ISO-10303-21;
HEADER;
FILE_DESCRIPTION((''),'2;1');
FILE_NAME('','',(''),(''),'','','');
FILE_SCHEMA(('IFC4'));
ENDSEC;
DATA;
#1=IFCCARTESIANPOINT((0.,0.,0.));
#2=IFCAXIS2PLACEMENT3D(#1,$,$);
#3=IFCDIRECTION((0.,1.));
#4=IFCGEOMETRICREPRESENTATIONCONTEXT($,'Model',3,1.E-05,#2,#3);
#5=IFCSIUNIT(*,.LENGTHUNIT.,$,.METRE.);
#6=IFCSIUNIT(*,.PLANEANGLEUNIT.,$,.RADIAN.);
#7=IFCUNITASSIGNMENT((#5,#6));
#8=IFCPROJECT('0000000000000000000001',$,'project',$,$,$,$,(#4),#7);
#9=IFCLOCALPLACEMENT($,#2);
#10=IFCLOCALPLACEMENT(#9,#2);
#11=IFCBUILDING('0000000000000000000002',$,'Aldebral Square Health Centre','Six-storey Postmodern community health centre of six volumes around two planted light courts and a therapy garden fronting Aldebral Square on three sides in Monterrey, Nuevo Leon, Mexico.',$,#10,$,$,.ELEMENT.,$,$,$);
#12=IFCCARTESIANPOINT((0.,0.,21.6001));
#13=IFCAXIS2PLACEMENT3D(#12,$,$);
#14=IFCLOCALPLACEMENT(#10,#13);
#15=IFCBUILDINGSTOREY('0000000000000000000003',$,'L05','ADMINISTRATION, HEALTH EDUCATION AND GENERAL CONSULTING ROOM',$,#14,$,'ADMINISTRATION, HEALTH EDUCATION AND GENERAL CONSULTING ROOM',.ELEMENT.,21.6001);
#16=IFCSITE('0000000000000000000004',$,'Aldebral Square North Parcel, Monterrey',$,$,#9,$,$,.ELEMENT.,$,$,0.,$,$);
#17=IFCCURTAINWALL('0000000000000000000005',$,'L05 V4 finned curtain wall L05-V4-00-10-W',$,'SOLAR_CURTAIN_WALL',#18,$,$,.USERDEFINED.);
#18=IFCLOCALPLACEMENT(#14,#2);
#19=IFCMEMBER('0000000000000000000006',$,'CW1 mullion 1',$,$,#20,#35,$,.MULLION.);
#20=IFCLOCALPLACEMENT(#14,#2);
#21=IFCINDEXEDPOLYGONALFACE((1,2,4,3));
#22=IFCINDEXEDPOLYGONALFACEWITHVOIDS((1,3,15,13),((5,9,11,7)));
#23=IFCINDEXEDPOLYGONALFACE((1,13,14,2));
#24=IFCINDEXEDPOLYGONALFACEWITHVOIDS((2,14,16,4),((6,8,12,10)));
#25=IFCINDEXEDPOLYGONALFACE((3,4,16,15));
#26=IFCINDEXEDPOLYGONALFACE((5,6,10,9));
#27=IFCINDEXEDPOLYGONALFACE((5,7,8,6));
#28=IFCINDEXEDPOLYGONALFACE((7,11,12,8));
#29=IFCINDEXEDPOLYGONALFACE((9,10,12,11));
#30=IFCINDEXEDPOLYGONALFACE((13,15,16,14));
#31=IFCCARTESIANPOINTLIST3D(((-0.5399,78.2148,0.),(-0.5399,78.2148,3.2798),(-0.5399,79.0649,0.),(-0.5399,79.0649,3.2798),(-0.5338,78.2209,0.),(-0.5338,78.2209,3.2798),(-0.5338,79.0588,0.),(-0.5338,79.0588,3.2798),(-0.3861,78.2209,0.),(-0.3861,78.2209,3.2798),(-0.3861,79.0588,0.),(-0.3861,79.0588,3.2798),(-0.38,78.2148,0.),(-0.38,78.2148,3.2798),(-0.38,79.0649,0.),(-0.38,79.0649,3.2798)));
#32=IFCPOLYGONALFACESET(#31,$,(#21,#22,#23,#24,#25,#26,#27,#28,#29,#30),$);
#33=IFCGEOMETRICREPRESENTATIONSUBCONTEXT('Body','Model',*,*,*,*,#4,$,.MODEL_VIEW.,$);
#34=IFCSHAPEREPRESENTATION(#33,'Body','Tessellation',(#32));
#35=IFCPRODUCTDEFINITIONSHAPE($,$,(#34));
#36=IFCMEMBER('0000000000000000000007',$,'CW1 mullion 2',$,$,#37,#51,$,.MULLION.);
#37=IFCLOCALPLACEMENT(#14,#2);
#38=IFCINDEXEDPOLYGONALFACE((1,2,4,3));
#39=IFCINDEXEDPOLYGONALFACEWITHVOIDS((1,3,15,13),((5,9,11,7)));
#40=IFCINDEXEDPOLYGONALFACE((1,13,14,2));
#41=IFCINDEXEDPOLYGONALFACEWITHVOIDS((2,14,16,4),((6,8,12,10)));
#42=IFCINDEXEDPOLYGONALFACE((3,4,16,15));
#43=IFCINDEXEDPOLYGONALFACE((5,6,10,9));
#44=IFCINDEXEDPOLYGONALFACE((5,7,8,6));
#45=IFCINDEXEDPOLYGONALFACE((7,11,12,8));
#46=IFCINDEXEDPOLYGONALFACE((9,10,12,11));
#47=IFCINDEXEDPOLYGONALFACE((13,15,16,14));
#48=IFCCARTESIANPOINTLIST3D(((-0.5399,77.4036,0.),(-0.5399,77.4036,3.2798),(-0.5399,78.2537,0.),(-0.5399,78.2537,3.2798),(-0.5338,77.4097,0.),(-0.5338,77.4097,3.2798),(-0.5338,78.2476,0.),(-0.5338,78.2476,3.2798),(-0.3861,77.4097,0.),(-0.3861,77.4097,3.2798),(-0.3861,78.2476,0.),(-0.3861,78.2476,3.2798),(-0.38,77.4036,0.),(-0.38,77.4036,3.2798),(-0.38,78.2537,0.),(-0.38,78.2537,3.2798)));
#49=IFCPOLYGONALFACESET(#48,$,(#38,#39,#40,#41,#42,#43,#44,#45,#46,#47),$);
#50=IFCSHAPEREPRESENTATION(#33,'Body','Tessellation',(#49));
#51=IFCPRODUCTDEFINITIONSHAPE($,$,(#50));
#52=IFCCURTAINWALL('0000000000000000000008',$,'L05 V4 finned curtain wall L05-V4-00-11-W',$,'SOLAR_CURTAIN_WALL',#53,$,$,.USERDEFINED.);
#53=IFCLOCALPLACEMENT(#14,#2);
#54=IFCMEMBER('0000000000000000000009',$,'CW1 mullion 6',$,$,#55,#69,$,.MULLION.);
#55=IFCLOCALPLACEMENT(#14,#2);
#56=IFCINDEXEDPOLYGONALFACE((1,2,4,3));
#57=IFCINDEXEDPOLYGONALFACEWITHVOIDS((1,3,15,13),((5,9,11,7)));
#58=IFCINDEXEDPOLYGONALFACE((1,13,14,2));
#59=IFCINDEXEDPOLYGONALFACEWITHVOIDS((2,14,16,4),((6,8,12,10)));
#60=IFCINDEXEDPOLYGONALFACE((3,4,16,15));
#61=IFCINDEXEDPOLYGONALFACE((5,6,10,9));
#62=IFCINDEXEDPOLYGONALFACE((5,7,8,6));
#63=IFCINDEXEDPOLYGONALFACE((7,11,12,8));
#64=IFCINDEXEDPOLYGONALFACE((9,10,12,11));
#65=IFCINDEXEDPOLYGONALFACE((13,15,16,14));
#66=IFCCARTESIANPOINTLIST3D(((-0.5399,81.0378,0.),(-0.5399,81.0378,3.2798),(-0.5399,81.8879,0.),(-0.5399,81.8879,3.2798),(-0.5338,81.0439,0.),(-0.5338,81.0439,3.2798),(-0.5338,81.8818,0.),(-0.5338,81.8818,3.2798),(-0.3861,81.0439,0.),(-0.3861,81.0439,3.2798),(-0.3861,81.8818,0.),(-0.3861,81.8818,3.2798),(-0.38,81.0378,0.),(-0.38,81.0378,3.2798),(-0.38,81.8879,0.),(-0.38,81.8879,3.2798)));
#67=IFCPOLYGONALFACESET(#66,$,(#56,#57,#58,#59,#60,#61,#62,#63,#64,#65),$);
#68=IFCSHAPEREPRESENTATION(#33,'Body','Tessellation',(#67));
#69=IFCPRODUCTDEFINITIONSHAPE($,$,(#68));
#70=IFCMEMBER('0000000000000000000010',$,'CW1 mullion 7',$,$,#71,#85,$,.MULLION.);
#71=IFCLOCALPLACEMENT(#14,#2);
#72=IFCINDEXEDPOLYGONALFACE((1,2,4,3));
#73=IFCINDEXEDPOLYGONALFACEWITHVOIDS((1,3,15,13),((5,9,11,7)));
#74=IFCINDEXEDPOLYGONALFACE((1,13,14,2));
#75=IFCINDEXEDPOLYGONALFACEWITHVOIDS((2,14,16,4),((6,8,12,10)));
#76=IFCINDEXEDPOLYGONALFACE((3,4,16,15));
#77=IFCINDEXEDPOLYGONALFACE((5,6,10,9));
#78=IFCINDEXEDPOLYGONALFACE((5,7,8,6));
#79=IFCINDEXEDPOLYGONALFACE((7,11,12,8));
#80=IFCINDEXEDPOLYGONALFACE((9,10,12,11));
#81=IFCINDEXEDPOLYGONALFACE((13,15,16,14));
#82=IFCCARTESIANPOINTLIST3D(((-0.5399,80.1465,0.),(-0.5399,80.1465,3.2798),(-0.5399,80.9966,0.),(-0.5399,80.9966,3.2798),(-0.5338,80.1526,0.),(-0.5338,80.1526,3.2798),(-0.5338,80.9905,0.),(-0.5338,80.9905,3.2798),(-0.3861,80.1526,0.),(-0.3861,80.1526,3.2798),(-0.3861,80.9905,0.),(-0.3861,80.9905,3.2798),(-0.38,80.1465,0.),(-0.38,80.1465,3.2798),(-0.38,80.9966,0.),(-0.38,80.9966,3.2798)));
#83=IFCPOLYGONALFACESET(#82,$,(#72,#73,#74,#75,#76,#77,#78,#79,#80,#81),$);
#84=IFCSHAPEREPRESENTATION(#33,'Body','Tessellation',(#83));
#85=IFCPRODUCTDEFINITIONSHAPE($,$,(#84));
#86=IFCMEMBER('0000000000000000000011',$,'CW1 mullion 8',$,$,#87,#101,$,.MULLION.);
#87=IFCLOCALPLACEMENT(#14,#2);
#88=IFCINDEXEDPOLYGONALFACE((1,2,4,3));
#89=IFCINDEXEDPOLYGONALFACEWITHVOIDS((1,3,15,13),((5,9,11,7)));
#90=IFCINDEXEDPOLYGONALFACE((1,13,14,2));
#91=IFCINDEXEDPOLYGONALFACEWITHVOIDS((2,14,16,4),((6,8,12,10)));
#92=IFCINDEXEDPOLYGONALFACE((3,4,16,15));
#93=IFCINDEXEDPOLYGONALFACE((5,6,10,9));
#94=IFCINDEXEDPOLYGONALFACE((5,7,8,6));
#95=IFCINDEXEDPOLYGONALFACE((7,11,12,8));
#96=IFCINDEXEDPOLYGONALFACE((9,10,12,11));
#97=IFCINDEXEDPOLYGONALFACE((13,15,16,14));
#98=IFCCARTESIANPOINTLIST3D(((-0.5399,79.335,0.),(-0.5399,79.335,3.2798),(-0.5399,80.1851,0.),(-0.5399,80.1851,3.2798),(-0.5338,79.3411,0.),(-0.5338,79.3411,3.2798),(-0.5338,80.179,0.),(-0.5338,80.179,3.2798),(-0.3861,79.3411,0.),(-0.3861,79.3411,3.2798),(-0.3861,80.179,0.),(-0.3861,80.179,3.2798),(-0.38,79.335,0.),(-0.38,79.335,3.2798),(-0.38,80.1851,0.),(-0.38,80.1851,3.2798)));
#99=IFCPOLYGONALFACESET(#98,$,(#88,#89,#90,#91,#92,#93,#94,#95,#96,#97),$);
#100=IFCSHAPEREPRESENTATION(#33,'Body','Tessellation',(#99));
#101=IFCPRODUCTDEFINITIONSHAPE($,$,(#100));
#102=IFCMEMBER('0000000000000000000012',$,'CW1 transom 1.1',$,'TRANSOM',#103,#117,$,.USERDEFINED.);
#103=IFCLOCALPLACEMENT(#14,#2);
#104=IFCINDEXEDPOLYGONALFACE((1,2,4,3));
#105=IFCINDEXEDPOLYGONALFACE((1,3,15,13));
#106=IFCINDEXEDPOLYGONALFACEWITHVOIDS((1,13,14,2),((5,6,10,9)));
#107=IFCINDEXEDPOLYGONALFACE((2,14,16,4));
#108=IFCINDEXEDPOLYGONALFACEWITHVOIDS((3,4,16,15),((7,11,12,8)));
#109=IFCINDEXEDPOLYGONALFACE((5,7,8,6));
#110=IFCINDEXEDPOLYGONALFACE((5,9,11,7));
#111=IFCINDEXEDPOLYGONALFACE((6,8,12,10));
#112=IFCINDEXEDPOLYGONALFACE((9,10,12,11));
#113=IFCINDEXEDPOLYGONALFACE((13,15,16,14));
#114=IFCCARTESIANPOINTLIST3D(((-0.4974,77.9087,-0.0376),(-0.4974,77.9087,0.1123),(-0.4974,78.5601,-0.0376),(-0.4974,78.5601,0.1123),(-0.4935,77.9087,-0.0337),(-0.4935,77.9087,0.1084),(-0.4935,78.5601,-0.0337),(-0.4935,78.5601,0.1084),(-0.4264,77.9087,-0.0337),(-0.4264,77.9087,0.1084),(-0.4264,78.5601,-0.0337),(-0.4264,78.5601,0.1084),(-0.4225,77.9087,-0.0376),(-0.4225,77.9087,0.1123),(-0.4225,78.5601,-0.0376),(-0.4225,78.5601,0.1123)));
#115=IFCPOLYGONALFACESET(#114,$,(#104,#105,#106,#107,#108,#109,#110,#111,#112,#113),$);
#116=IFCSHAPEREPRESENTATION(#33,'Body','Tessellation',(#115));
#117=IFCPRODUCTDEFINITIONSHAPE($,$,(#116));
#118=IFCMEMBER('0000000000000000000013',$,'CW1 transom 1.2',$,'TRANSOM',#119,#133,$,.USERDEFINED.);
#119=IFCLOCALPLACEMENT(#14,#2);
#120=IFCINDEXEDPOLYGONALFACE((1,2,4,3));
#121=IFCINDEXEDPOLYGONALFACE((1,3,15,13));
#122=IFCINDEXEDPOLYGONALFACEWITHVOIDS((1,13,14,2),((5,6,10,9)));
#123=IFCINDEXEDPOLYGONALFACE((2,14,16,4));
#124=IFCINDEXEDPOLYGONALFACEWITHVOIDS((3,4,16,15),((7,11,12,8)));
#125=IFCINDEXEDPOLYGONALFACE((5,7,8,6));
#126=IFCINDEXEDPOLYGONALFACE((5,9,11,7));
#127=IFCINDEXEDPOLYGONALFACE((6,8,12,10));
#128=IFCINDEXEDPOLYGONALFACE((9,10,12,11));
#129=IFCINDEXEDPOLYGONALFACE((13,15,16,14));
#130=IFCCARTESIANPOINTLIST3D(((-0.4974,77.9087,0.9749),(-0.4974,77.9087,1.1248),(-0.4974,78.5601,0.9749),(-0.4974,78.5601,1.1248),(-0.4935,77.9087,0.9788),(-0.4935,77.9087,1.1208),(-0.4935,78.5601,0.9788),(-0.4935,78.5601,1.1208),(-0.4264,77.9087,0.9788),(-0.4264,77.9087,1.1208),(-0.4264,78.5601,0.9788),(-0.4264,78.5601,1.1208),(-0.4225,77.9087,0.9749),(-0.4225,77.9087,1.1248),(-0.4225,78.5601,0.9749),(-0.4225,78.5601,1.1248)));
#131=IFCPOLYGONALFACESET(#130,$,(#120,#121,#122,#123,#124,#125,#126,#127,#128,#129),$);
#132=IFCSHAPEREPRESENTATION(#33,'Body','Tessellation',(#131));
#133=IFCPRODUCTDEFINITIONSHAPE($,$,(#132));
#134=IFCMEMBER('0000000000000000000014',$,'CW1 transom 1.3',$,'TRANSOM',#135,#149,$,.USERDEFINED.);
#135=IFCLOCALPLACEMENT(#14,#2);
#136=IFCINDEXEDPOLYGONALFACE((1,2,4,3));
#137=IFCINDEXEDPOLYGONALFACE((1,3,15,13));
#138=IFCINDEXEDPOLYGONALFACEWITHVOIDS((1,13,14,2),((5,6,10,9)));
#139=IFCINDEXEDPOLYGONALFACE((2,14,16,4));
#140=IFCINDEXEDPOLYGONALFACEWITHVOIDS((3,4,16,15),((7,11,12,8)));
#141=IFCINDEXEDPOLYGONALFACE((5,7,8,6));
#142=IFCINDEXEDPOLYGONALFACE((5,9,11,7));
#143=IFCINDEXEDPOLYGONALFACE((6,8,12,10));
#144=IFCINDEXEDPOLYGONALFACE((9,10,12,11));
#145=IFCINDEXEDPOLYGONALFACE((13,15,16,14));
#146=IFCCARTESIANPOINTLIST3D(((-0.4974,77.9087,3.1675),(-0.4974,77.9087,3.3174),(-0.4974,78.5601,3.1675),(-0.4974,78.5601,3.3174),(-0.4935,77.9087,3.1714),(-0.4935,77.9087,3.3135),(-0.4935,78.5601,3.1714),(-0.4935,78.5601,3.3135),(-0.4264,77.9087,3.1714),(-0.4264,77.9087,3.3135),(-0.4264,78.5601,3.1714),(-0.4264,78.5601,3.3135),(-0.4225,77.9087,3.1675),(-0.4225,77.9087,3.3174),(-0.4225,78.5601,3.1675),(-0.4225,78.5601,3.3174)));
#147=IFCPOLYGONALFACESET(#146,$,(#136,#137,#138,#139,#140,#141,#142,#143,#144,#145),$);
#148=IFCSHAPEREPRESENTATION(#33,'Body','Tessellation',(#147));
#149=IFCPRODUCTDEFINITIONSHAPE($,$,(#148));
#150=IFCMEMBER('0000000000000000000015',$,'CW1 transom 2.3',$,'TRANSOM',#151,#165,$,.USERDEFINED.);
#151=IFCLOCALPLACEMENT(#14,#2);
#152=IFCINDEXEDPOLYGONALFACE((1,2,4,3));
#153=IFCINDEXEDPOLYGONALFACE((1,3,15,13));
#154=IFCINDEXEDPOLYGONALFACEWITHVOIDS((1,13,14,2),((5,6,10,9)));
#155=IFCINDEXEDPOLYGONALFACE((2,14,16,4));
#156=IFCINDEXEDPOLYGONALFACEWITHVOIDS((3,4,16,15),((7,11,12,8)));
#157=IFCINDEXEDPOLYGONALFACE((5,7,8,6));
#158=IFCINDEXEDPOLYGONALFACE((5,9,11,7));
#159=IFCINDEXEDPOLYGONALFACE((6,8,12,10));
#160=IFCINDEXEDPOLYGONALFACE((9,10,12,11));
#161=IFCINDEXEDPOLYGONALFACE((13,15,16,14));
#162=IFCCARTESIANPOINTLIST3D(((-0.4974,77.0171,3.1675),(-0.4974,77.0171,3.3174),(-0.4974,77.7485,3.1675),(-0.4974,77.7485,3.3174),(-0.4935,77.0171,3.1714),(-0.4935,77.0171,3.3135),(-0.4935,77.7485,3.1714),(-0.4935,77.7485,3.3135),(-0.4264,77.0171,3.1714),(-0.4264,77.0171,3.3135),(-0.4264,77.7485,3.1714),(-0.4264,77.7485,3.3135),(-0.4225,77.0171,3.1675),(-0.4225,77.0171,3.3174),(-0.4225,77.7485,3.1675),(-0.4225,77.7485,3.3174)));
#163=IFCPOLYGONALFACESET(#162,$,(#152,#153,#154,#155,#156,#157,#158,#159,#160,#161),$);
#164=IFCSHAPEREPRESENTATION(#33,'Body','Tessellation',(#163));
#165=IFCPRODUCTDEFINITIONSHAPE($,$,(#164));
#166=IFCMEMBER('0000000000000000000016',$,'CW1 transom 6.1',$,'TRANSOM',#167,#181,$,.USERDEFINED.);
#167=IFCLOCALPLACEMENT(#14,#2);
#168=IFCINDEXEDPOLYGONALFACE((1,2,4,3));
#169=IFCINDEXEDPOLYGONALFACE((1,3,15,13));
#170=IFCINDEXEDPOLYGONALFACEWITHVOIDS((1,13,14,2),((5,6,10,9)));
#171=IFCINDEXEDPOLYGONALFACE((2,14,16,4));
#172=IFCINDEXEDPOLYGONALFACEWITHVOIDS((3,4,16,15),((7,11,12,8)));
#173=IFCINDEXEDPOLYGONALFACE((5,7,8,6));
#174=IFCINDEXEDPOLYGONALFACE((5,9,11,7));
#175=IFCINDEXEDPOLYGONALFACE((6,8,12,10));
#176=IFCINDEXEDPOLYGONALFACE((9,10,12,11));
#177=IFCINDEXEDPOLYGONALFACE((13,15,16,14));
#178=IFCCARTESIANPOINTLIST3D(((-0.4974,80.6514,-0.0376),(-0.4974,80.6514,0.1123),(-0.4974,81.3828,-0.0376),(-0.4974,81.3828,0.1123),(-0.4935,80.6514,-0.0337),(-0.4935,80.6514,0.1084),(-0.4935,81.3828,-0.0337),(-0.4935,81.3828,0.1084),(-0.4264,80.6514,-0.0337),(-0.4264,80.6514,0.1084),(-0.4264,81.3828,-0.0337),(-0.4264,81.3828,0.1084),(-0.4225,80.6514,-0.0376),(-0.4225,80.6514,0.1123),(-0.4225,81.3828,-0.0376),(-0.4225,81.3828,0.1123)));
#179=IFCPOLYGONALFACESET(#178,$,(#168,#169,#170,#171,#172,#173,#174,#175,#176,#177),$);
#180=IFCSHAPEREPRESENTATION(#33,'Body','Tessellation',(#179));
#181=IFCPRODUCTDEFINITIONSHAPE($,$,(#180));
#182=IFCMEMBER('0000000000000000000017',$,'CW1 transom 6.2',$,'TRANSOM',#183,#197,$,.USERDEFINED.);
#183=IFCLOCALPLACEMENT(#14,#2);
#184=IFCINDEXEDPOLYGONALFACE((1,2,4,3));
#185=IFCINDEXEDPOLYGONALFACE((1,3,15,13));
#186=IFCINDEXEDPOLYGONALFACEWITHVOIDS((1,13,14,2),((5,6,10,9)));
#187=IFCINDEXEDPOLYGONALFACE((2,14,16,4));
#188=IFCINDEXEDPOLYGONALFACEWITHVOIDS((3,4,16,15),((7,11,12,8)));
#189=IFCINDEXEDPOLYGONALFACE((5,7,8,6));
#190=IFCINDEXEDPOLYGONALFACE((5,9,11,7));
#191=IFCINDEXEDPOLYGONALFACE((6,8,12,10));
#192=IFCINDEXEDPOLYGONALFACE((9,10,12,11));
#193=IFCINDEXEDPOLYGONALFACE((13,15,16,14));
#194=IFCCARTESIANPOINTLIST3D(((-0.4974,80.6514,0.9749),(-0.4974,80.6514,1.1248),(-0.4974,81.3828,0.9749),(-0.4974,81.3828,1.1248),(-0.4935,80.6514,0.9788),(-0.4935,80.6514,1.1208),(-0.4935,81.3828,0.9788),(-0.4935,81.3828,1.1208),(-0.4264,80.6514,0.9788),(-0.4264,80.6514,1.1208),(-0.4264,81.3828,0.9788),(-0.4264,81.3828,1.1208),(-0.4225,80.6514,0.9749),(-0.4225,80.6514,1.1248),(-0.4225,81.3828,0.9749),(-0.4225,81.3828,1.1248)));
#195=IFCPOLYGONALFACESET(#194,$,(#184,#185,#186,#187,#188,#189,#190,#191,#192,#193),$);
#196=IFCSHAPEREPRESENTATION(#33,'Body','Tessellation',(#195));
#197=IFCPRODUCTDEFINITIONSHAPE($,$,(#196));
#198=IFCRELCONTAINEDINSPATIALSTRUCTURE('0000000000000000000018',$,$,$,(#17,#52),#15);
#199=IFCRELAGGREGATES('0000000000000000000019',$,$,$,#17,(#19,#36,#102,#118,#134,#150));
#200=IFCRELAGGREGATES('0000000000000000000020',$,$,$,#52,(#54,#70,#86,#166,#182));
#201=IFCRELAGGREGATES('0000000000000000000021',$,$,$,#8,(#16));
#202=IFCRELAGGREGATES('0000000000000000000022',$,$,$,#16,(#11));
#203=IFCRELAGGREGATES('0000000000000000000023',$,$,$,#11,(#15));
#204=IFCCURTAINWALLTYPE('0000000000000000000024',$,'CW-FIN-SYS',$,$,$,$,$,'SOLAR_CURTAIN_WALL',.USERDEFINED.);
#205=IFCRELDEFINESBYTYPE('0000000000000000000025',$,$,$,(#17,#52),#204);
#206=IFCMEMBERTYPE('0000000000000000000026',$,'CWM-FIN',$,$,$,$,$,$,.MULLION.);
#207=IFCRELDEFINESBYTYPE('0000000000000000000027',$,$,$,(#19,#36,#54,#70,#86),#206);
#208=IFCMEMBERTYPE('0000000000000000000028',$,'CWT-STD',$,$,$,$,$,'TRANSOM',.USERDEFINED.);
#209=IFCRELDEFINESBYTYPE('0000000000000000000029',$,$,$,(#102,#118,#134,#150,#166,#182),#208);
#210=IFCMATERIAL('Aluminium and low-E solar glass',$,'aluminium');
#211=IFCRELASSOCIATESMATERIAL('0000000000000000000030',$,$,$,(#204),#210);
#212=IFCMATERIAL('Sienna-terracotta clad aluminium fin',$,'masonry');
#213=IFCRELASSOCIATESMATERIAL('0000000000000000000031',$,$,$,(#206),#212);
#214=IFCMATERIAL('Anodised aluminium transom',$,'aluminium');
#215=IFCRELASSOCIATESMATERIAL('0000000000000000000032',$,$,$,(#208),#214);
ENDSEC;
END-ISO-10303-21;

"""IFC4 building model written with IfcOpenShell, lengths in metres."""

from ifc_helpers import new_model, si_unit, direction, frame, origin, origin_2d, place, context, subcontext, project, spatial, hollow_rectangle, extrude, material, material_profile, profile_set, type_object, element, aggregate, save


model = new_model("IFC4")

# Units and contexts
model_context = context("Model", 3, precision=1e-05, world=origin(), true_north=direction((0.0, 1.0)))
body_context = subcontext(model_context, "Body", "Model", "MODEL_VIEW")
ifc_project = project(units=[si_unit("LENGTHUNIT", "METRE"), si_unit("PLANEANGLEUNIT", "RADIAN")], contexts=[model_context])

# Site, building, storey
site_placement = place(None, origin())
site = spatial("IfcSite", under=ifc_project, at=site_placement, Name="Aldebral Square North Parcel, Monterrey", CompositionType="ELEMENT", RefElevation=0.0)
building_placement = place(site_placement, origin())
building = spatial("IfcBuilding", under=site, at=building_placement, Name="Aldebral Square Health Centre", Description="Six-storey Postmodern community health centre of six volumes around two planted light courts and a therapy garden fronting Aldebral Square on three sides in Monterrey, Nuevo Leon, Mexico.", CompositionType="ELEMENT")
storey_placement = place(building_placement, frame((0.0, 0.0, 21.6001)))
storey = spatial("IfcBuildingStorey", under=building, at=storey_placement, Name="L05", Description="ADMINISTRATION, HEALTH EDUCATION AND GENERAL CONSULTING ROOM", LongName="ADMINISTRATION, HEALTH EDUCATION AND GENERAL CONSULTING ROOM", CompositionType="ELEMENT", Elevation=21.6001)

# Curtain walls, members
ifc_material_1 = material(Name="Aluminium and low-E solar glass", Category="aluminium")
curtain_wall_type = type_object("IfcCurtainWallType", Name="CW-FIN-SYS", ElementType="SOLAR_CURTAIN_WALL", PredefinedType="USERDEFINED", material=ifc_material_1)
curtain_wall_1_placement = place(storey_placement, origin())
curtain_wall_1 = element("IfcCurtainWall", 1, at=curtain_wall_1_placement, inside=storey, type_object=curtain_wall_type, Name="L05 V4 finned curtain wall L05-V4-00-10-W", ObjectType="SOLAR_CURTAIN_WALL", PredefinedType="USERDEFINED")
ifc_material_2 = material(Name="Sienna-terracotta clad aluminium fin", Category="masonry")
ifc_material_profile_1 = material_profile(ifc_material_2, hollow_rectangle(XDim=0.1599, YDim=0.8501, WallThickness=0.0061, at=origin_2d()), Name="FIN 160x850x6")
ifc_profile_set_1 = profile_set([ifc_material_profile_1], Name="Sienna-terracotta clad aluminium fin")
member_type_1 = type_object("IfcMemberType", Name="CWM-FIN", PredefinedType="MULLION", material=ifc_profile_set_1)
member_1_placement = place(storey_placement, frame((-0.46, 78.6399, 0.0), z_axis=(0.0, 0.0, 1.0), x_axis=(1.0, 0.0, 0.0)))
member_1 = element("IfcMember", 2, at=member_1_placement, type_object=member_type_1, Name="CW1 mullion 1", PredefinedType="MULLION", context=body_context, shape_type="SweptSolid", body=[
    extrude(hollow_rectangle(XDim=0.1599, YDim=0.8501, WallThickness=0.0061, at=origin_2d()), origin(), (0.0, 0.0, 1.0), 3.2798),
])
member_2_placement = place(storey_placement, frame((-0.46, 77.8286, 0.0), z_axis=(0.0, 0.0, 1.0), x_axis=(1.0, 0.0, 0.0)))
member_2 = element("IfcMember", 3, at=member_2_placement, type_object=member_type_1, Name="CW1 mullion 2", PredefinedType="MULLION", context=body_context, shape_type="SweptSolid", body=[
    extrude(hollow_rectangle(XDim=0.1599, YDim=0.8501, WallThickness=0.0061, at=origin_2d()), origin(), (0.0, 0.0, 1.0), 3.2798),
])
curtain_wall_2_placement = place(storey_placement, origin())
curtain_wall_2 = element("IfcCurtainWall", 4, at=curtain_wall_2_placement, inside=storey, type_object=curtain_wall_type, Name="L05 V4 finned curtain wall L05-V4-00-11-W", ObjectType="SOLAR_CURTAIN_WALL", PredefinedType="USERDEFINED")
member_3_placement = place(storey_placement, frame((-0.46, 81.4629, 0.0), z_axis=(0.0, 0.0, 1.0), x_axis=(1.0, 0.0, 0.0)))
member_3 = element("IfcMember", 5, at=member_3_placement, type_object=member_type_1, Name="CW1 mullion 6", PredefinedType="MULLION", context=body_context, shape_type="SweptSolid", body=[
    extrude(hollow_rectangle(XDim=0.1599, YDim=0.8501, WallThickness=0.0061, at=origin_2d()), origin(), (0.0, 0.0, 1.0), 3.2798),
])
member_4_placement = place(storey_placement, frame((-0.46, 80.5715, 0.0), z_axis=(0.0, 0.0, 1.0), x_axis=(1.0, 0.0, 0.0)))
member_4 = element("IfcMember", 6, at=member_4_placement, type_object=member_type_1, Name="CW1 mullion 7", PredefinedType="MULLION", context=body_context, shape_type="SweptSolid", body=[
    extrude(hollow_rectangle(XDim=0.1599, YDim=0.8501, WallThickness=0.0061, at=origin_2d()), origin(), (0.0, 0.0, 1.0), 3.2798),
])
member_5_placement = place(storey_placement, frame((-0.46, 79.76, 0.0), z_axis=(0.0, 0.0, 1.0), x_axis=(1.0, 0.0, 0.0)))
member_5 = element("IfcMember", 7, at=member_5_placement, type_object=member_type_1, Name="CW1 mullion 8", PredefinedType="MULLION", context=body_context, shape_type="SweptSolid", body=[
    extrude(hollow_rectangle(XDim=0.1599, YDim=0.8501, WallThickness=0.0061, at=origin_2d()), origin(), (0.0, 0.0, 1.0), 3.2798),
])

# Members
ifc_material_3 = material(Name="Anodised aluminium transom", Category="aluminium")
ifc_material_profile_2 = material_profile(ifc_material_3, hollow_rectangle(XDim=0.075, YDim=0.1499, WallThickness=0.0039, at=origin_2d()), Name="CWT 75x150x4")
ifc_profile_set_2 = profile_set([ifc_material_profile_2], Name="Anodised aluminium transom")
member_type_2 = type_object("IfcMemberType", Name="CWT-STD", ElementType="TRANSOM", PredefinedType="USERDEFINED", material=ifc_profile_set_2)
member_6_placement = place(storey_placement, frame((-0.46, 78.5601, 0.0374), z_axis=(0.0, -1.0, 0.0), x_axis=(1.0, 0.0, 0.0)))
member_6 = element("IfcMember", 8, at=member_6_placement, type_object=member_type_2, Name="CW1 transom 1.1", ObjectType="TRANSOM", PredefinedType="USERDEFINED", context=body_context, shape_type="SweptSolid", body=[
    extrude(hollow_rectangle(XDim=0.075, YDim=0.1499, WallThickness=0.0039, at=origin_2d()), origin(), (0.0, 0.0, 1.0), 0.6514),
])
member_7_placement = place(storey_placement, frame((-0.46, 78.5601, 1.0498), z_axis=(0.0, -1.0, 0.0), x_axis=(1.0, 0.0, 0.0)))
member_7 = element("IfcMember", 9, at=member_7_placement, type_object=member_type_2, Name="CW1 transom 1.2", ObjectType="TRANSOM", PredefinedType="USERDEFINED", context=body_context, shape_type="SweptSolid", body=[
    extrude(hollow_rectangle(XDim=0.075, YDim=0.1499, WallThickness=0.0039, at=origin_2d()), origin(), (0.0, 0.0, 1.0), 0.6514),
])
member_8_placement = place(storey_placement, frame((-0.46, 78.5601, 3.2424), z_axis=(0.0, -1.0, 0.0), x_axis=(1.0, 0.0, 0.0)))
member_8 = element("IfcMember", 10, at=member_8_placement, type_object=member_type_2, Name="CW1 transom 1.3", ObjectType="TRANSOM", PredefinedType="USERDEFINED", context=body_context, shape_type="SweptSolid", body=[
    extrude(hollow_rectangle(XDim=0.075, YDim=0.1499, WallThickness=0.0039, at=origin_2d()), origin(), (0.0, 0.0, 1.0), 0.6514),
])
member_9_placement = place(storey_placement, frame((-0.46, 77.7485, 3.2424), z_axis=(0.0, -1.0, 0.0), x_axis=(1.0, 0.0, 0.0)))
member_9 = element("IfcMember", 11, at=member_9_placement, type_object=member_type_2, Name="CW1 transom 2.3", ObjectType="TRANSOM", PredefinedType="USERDEFINED", context=body_context, shape_type="SweptSolid", body=[
    extrude(hollow_rectangle(XDim=0.075, YDim=0.1499, WallThickness=0.0039, at=origin_2d()), origin(), (0.0, 0.0, 1.0), 0.7314),
])
member_10_placement = place(storey_placement, frame((-0.46, 81.3828, 0.0374), z_axis=(0.0, -1.0, 0.0), x_axis=(1.0, 0.0, 0.0)))
member_10 = element("IfcMember", 12, at=member_10_placement, type_object=member_type_2, Name="CW1 transom 6.1", ObjectType="TRANSOM", PredefinedType="USERDEFINED", context=body_context, shape_type="SweptSolid", body=[
    extrude(hollow_rectangle(XDim=0.075, YDim=0.1499, WallThickness=0.0039, at=origin_2d()), origin(), (0.0, 0.0, 1.0), 0.7314),
])
member_11_placement = place(storey_placement, frame((-0.46, 81.3828, 1.0498), z_axis=(0.0, -1.0, 0.0), x_axis=(1.0, 0.0, 0.0)))
member_11 = element("IfcMember", 13, at=member_11_placement, type_object=member_type_2, Name="CW1 transom 6.2", ObjectType="TRANSOM", PredefinedType="USERDEFINED", context=body_context, shape_type="SweptSolid", body=[
    extrude(hollow_rectangle(XDim=0.075, YDim=0.1499, WallThickness=0.0039, at=origin_2d()), origin(), (0.0, 0.0, 1.0), 0.7314),
])

aggregate(curtain_wall_1, [member_1, member_2, member_6, member_7, member_8, member_9])
aggregate(curtain_wall_2, [member_3, member_4, member_5, member_10, member_11])

save(model, "model.ifc")
